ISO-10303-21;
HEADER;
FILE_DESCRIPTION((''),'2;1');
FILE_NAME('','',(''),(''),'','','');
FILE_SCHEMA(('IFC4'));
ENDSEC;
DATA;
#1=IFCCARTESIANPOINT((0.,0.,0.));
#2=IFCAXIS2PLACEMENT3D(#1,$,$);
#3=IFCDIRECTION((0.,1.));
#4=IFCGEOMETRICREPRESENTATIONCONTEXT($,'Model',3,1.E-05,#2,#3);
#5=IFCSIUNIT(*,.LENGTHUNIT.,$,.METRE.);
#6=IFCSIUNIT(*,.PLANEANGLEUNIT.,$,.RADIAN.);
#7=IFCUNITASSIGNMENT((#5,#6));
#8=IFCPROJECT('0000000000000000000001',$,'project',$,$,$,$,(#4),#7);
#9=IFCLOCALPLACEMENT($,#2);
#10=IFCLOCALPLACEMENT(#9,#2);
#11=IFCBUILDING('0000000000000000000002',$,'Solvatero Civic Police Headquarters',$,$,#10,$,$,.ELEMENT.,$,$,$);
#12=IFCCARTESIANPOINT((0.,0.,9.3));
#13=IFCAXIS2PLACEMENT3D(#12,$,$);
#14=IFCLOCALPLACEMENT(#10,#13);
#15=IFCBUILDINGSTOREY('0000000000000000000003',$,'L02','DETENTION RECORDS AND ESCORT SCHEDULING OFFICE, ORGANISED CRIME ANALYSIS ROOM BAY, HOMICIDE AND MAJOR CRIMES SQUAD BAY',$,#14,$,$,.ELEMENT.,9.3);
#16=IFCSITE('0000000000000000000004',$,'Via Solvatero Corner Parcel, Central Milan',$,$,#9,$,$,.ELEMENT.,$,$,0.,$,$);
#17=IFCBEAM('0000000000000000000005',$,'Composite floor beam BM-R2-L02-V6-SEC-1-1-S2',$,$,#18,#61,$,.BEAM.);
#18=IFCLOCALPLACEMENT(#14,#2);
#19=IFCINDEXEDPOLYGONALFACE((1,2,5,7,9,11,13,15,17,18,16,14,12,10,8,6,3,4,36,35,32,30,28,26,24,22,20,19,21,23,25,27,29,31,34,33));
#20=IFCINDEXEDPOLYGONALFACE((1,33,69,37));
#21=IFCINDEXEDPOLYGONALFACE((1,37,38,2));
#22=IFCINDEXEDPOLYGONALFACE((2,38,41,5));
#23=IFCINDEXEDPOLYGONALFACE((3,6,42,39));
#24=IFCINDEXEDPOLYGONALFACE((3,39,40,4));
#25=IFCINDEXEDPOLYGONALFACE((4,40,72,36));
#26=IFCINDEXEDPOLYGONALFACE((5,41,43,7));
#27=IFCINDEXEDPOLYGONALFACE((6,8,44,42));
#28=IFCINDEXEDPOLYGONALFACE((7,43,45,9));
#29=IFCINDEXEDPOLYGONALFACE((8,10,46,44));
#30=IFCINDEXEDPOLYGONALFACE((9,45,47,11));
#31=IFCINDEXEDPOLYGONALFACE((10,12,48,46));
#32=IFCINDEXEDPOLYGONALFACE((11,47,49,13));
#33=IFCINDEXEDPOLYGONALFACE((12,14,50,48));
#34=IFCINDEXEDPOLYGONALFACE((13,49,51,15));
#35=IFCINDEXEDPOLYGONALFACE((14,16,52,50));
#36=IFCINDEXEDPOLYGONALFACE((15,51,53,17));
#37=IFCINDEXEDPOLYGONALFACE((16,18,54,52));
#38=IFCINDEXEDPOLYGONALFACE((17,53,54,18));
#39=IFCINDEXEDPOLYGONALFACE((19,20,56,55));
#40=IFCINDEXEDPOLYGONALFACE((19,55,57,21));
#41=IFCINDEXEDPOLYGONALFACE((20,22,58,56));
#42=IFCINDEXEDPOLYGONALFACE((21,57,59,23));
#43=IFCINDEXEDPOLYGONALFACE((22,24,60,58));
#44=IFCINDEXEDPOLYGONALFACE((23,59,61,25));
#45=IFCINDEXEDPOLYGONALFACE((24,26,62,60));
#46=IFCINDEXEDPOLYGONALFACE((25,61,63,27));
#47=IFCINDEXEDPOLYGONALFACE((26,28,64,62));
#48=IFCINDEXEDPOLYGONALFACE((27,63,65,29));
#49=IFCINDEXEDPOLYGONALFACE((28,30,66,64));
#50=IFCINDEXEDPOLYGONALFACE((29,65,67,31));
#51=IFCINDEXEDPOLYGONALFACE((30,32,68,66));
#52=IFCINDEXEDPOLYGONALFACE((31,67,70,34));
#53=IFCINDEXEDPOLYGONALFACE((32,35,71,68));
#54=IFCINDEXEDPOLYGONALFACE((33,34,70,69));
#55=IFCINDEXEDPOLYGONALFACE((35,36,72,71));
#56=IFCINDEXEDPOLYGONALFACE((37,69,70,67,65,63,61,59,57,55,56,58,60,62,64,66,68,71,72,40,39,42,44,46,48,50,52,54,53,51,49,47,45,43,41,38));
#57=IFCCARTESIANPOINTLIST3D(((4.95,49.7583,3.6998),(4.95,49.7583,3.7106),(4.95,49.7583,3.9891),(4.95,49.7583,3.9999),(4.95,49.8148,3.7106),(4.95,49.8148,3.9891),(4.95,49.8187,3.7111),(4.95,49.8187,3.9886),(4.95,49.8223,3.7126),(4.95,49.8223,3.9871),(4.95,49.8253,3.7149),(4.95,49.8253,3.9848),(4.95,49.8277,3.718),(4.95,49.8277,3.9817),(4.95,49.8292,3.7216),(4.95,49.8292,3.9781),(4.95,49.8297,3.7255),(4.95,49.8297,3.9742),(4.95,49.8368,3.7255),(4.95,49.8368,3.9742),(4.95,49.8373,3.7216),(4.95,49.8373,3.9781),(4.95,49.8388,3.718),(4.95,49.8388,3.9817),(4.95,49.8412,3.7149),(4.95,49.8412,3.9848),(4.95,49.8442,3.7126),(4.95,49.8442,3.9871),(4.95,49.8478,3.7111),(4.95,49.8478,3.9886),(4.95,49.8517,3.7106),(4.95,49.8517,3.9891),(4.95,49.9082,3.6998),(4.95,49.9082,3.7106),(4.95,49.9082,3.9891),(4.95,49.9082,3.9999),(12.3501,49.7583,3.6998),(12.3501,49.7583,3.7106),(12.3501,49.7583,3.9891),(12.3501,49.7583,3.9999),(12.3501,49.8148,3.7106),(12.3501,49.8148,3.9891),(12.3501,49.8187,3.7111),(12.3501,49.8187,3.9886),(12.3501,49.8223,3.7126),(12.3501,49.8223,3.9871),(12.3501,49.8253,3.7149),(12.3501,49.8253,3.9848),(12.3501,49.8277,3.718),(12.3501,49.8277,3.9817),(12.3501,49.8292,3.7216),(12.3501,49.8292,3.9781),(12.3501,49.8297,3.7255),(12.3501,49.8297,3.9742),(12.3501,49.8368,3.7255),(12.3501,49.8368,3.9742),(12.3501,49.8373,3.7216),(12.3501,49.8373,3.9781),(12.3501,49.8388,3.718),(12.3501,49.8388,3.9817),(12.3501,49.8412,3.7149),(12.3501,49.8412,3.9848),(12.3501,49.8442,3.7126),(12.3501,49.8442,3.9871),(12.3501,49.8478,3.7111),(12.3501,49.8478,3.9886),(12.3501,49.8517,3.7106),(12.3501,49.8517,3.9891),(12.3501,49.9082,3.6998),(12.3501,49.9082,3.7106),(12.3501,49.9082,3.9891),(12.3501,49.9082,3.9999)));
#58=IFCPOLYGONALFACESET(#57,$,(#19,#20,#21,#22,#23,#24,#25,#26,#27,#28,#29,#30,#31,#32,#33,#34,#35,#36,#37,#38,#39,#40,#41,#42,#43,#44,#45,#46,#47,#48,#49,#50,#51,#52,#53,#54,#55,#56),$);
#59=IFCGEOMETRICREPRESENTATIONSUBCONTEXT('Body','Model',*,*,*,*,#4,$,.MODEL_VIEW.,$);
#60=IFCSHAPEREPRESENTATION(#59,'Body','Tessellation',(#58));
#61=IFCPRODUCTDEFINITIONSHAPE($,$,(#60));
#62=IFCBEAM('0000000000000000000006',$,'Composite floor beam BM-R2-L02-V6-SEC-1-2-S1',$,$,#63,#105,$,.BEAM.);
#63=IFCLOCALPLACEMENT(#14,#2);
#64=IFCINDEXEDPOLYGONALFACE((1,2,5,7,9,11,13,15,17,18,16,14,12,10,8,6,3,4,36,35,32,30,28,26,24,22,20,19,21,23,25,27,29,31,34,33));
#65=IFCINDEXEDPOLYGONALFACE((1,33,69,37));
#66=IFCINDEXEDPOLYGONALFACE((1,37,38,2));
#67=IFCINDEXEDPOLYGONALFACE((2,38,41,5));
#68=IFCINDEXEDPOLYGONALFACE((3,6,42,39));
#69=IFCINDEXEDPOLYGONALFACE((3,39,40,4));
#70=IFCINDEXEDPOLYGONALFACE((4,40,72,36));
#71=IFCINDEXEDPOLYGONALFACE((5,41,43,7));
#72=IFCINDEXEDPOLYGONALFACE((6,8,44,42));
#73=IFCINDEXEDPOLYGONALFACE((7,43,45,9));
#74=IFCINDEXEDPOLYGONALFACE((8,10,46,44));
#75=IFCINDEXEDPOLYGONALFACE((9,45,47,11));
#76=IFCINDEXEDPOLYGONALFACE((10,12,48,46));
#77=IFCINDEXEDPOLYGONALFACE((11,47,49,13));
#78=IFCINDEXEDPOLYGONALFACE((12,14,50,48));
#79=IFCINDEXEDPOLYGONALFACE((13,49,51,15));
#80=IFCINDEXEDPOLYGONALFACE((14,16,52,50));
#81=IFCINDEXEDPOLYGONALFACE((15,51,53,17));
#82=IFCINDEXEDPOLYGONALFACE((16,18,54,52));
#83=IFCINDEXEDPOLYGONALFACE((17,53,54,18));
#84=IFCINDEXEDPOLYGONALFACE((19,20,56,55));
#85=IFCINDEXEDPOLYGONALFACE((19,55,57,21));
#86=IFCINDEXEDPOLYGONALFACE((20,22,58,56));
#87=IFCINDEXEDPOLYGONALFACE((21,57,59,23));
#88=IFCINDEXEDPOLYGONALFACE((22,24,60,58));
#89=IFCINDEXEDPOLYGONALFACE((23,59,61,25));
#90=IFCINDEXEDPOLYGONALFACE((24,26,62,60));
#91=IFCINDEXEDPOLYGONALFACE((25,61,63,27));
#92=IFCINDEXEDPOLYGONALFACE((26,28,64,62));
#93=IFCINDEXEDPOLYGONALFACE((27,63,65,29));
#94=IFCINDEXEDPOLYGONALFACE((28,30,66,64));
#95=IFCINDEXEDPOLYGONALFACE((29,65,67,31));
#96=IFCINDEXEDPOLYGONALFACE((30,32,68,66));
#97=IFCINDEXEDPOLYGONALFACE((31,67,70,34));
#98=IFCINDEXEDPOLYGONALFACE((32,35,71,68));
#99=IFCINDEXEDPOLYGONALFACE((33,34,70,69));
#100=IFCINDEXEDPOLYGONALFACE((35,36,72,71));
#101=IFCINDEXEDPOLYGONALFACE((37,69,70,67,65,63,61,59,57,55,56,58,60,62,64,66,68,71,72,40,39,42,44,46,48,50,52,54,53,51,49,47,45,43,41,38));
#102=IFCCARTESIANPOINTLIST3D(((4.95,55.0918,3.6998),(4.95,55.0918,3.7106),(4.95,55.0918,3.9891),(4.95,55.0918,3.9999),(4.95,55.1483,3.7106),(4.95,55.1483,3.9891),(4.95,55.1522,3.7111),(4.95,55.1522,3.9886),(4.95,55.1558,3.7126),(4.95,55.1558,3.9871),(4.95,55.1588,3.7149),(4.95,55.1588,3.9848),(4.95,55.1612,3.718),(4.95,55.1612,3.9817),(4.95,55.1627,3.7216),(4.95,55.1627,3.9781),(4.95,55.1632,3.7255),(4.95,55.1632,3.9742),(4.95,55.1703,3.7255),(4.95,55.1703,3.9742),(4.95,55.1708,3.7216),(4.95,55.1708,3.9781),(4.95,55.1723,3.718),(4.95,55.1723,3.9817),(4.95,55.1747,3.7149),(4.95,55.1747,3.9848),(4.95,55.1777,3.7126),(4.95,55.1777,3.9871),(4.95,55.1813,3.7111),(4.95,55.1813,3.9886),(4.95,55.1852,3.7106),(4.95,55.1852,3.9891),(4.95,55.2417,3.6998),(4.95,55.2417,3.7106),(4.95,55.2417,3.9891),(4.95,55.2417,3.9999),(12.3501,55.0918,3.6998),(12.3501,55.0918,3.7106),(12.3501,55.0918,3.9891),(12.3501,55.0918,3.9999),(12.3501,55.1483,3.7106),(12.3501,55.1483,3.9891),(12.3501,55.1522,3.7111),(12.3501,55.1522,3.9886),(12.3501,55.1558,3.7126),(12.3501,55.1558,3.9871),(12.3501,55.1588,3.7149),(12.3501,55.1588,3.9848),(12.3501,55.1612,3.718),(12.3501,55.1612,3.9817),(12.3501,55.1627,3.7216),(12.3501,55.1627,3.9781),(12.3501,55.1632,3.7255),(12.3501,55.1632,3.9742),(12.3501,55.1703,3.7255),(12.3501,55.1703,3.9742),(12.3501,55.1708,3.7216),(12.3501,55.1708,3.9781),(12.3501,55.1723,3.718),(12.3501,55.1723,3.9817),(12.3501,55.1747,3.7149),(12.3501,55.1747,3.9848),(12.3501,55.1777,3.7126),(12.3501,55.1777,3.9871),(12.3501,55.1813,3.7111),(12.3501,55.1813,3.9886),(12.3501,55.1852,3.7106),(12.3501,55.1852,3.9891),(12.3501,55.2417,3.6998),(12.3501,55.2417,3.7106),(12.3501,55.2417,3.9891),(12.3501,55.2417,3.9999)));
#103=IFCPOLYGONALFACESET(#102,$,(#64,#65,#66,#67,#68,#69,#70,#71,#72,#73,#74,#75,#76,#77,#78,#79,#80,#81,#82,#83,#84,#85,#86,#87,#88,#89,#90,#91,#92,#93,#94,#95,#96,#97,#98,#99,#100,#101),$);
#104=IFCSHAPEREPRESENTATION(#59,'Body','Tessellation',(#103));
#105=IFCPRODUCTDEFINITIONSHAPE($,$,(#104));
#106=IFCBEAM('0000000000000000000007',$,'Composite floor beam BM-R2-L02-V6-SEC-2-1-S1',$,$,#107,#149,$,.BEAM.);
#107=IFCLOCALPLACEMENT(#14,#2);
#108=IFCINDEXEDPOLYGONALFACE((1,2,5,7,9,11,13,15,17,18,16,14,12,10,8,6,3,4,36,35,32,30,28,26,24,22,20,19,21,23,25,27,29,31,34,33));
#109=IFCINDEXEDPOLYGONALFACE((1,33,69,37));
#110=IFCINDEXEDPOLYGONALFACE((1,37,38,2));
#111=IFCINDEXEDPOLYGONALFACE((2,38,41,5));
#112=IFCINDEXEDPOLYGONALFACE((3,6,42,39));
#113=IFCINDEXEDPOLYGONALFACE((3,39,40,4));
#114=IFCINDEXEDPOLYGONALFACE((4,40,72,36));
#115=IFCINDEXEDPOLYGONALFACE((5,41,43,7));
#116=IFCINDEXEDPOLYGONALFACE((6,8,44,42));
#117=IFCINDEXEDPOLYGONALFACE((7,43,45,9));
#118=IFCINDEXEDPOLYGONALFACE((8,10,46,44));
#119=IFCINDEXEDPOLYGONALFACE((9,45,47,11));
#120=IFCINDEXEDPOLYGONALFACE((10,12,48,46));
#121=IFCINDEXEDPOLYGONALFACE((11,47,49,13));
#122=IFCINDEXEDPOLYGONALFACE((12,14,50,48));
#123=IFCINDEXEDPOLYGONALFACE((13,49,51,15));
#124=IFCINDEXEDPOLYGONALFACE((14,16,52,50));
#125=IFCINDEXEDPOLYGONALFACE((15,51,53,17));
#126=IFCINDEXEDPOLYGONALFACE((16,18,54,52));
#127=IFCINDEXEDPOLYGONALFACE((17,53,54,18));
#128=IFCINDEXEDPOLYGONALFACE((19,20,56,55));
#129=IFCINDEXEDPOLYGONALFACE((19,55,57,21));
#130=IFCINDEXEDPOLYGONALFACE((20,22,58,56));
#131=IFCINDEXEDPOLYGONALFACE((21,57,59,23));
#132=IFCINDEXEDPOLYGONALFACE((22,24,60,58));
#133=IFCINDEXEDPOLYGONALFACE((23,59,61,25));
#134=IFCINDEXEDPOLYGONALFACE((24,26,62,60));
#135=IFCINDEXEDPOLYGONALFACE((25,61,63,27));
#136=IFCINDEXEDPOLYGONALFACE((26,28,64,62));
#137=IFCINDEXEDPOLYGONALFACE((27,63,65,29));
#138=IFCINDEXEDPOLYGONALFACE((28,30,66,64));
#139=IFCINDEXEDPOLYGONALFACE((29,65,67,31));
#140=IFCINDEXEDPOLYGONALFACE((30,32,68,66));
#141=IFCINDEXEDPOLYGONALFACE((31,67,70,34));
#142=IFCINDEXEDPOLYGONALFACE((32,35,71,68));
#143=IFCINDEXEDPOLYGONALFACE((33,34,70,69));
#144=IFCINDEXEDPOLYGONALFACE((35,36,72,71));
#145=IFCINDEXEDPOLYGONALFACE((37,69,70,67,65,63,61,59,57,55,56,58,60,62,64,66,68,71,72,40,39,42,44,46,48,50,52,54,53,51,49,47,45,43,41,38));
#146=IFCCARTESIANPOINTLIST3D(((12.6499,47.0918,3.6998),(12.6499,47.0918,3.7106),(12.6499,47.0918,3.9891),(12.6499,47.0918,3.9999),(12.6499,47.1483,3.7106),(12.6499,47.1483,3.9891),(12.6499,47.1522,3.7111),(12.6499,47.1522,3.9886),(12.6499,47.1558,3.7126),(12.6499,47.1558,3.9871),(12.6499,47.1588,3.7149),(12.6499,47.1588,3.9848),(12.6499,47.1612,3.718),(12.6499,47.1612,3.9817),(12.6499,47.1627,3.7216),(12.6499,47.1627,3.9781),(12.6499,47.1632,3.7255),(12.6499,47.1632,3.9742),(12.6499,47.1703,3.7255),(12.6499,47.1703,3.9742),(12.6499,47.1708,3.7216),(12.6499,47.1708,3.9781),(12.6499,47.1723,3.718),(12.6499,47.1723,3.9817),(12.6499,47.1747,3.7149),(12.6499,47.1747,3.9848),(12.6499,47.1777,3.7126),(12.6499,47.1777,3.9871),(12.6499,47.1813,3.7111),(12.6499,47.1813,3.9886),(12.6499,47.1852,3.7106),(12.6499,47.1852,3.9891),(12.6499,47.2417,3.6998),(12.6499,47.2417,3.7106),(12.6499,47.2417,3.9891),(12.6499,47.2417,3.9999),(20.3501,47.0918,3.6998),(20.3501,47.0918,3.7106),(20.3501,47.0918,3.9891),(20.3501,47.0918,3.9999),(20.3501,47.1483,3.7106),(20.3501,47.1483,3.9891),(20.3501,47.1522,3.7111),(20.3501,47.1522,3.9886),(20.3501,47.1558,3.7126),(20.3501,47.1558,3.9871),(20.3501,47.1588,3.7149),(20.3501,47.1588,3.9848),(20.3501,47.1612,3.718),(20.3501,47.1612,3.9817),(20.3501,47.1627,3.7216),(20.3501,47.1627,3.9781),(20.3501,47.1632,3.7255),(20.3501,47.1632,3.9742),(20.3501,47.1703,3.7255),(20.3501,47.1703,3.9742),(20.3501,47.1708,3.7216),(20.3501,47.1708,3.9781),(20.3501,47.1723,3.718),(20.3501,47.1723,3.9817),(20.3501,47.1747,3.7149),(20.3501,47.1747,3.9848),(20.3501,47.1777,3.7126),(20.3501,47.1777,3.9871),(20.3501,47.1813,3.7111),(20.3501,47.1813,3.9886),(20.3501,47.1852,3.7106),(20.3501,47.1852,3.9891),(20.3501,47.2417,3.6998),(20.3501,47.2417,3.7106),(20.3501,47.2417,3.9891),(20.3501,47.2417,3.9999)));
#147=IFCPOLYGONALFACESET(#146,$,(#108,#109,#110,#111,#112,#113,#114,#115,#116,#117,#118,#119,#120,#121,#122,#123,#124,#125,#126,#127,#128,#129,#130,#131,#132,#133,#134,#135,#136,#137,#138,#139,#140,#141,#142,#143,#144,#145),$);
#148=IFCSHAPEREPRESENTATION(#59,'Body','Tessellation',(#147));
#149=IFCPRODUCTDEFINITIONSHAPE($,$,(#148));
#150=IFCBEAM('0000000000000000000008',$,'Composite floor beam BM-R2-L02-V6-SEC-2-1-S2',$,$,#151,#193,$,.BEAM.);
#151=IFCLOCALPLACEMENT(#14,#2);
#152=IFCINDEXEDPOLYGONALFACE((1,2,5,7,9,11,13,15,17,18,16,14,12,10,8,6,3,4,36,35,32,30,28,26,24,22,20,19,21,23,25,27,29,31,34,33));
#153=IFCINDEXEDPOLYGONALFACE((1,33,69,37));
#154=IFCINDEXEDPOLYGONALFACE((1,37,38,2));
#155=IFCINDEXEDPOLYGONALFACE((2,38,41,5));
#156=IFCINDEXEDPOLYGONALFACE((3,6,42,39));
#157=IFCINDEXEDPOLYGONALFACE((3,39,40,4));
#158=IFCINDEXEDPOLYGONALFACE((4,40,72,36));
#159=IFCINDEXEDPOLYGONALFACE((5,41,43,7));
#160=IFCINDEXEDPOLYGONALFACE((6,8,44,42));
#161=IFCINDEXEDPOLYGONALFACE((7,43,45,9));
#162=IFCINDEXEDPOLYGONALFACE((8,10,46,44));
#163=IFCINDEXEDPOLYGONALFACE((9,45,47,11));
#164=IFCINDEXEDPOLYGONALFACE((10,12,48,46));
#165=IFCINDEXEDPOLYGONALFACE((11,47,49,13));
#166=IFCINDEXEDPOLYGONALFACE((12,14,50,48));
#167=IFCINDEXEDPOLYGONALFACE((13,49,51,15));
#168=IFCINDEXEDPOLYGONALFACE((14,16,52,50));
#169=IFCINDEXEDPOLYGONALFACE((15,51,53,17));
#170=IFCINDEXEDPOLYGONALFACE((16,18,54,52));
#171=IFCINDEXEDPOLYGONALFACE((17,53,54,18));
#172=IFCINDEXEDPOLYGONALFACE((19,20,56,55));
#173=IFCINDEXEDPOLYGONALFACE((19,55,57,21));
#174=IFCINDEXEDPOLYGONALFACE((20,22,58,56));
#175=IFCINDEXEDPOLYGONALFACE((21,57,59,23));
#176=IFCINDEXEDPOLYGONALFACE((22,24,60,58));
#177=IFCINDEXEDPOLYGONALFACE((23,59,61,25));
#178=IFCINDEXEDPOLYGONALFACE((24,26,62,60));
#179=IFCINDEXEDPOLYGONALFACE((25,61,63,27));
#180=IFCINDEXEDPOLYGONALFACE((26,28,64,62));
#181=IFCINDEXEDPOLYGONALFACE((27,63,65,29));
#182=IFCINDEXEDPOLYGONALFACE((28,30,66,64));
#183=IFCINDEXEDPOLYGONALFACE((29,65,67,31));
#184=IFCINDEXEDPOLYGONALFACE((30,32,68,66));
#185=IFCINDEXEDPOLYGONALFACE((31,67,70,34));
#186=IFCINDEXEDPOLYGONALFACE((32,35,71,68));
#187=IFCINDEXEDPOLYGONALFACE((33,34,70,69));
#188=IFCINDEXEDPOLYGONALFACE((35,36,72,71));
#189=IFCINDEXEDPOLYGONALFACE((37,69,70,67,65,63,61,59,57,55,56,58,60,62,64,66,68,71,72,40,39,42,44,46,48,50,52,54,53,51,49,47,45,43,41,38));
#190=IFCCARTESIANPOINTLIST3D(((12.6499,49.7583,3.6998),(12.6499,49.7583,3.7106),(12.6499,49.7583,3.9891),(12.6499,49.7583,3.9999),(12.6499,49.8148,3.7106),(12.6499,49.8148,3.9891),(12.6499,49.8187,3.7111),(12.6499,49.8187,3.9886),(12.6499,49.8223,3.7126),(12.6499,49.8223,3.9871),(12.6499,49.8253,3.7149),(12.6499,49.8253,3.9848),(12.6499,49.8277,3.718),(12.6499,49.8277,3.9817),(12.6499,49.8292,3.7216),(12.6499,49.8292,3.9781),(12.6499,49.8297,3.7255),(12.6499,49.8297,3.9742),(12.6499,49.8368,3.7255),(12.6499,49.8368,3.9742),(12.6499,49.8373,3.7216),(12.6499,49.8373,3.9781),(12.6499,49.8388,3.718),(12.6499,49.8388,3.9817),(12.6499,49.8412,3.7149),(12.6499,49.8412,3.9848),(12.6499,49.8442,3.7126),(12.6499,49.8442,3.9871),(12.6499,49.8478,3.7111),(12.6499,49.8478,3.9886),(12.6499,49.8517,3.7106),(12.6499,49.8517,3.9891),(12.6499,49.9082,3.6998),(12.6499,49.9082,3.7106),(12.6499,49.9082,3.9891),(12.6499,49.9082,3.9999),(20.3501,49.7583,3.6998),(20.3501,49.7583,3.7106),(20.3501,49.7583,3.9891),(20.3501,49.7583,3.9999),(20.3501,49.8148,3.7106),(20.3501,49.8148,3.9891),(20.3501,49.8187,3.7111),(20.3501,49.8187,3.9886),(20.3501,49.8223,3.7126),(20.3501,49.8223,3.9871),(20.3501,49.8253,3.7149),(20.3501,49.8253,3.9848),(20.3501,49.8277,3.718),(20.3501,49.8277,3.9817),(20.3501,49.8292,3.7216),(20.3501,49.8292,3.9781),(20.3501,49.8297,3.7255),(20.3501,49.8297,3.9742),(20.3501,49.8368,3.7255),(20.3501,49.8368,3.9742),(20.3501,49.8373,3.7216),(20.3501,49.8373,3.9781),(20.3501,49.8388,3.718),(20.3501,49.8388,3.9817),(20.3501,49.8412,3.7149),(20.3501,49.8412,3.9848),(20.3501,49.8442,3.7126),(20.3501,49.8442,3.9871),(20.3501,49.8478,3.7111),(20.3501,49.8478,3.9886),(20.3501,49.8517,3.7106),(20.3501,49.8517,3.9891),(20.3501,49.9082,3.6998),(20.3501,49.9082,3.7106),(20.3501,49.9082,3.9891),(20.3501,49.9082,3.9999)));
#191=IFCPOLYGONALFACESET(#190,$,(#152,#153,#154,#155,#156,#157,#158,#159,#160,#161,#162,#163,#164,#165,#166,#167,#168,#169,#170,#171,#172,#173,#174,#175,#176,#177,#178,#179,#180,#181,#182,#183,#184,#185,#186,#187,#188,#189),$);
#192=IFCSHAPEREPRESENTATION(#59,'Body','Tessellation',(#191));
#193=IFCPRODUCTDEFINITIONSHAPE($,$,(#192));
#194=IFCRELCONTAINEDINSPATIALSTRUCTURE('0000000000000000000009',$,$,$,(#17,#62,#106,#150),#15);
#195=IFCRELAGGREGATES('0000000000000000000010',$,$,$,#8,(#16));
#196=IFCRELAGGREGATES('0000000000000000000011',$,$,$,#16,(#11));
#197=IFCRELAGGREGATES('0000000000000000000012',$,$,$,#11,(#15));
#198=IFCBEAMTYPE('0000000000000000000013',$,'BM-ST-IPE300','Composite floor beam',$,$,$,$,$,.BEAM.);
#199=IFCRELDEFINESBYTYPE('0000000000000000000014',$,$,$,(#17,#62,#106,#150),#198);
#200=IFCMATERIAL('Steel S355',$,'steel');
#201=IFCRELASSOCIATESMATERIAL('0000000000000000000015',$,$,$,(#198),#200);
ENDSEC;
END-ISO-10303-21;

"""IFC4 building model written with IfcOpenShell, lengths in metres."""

from ifc_helpers import new_model, si_unit, direction, frame, origin, origin_2d, place, context, subcontext, project, spatial, i_section, extrude, material, material_profile, profile_set, type_object, element, save


model = new_model("IFC4")

# Units and contexts
model_context = context("Model", 3, precision=1e-05, world=origin(), true_north=direction((0.0, 1.0)))
body_context = subcontext(model_context, "Body", "Model", "MODEL_VIEW")
ifc_project = project(units=[si_unit("LENGTHUNIT", "METRE"), si_unit("PLANEANGLEUNIT", "RADIAN")], contexts=[model_context])

# Site, building, storey
site_placement = place(None, origin())
site = spatial("IfcSite", under=ifc_project, at=site_placement, Name="Via Solvatero Corner Parcel, Central Milan", CompositionType="ELEMENT", RefElevation=0.0)
building_placement = place(site_placement, origin())
building = spatial("IfcBuilding", under=site, at=building_placement, Name="Solvatero Civic Police Headquarters", CompositionType="ELEMENT")
storey_placement = place(building_placement, frame((0.0, 0.0, 9.3)))
storey = spatial("IfcBuildingStorey", under=building, at=storey_placement, Name="L02", Description="DETENTION RECORDS AND ESCORT SCHEDULING OFFICE, ORGANISED CRIME ANALYSIS ROOM BAY, HOMICIDE AND MAJOR CRIMES SQUAD BAY", CompositionType="ELEMENT", Elevation=9.3)

# Shared definitions
ifc_material_1 = material(Name="Steel S355", Category="steel")

# Beams
ifc_material_profile_1 = material_profile(ifc_material_1, i_section(OverallWidth=0.1499, OverallDepth=0.3, WebThickness=0.0071, FlangeThickness=0.0107, FilletRadius=0.0149, at=origin_2d()), Name="IPE 300")
ifc_profile_set_1 = profile_set([ifc_material_profile_1], Name="Steel S355")
beam_type_1 = type_object("IfcBeamType", Name="BM-ST-IPE300", Description="Composite floor beam", PredefinedType="BEAM", material=ifc_profile_set_1)
for number, where, z_axis, x_axis, name in (
    (1, (4.95, 49.8333, 3.8499), (1.0, 0.0, 0.0), (0.0, 1.0, 0.0), "Composite floor beam BM-R2-L02-V6-SEC-1-1-S2"),
    (2, (4.95, 55.1667, 3.8499), (1.0, 0.0, 0.0), (0.0, 1.0, 0.0), "Composite floor beam BM-R2-L02-V6-SEC-1-2-S1"),
):
    element("IfcBeam", number, at=place(storey_placement, frame(where, z_axis=z_axis, x_axis=x_axis)), inside=storey, type_object=beam_type_1, Name=name, PredefinedType="BEAM", context=body_context, shape_type="SweptSolid", body=[
        extrude(i_section(OverallWidth=0.1499, OverallDepth=0.3, WebThickness=0.0071, FlangeThickness=0.0107, FilletRadius=0.0149, at=origin_2d()), origin(), (0.0, 0.0, 1.0), 7.4001),
    ])
for number, where, z_axis, x_axis, name in (
    (3, (12.6499, 47.1667, 3.8499), (1.0, 0.0, 0.0), (0.0, 1.0, 0.0), "Composite floor beam BM-R2-L02-V6-SEC-2-1-S1"),
    (4, (12.6499, 49.8333, 3.8499), (1.0, 0.0, 0.0), (0.0, 1.0, 0.0), "Composite floor beam BM-R2-L02-V6-SEC-2-1-S2"),
):
    element("IfcBeam", number, at=place(storey_placement, frame(where, z_axis=z_axis, x_axis=x_axis)), inside=storey, type_object=beam_type_1, Name=name, PredefinedType="BEAM", context=body_context, shape_type="SweptSolid", body=[
        extrude(i_section(OverallWidth=0.1499, OverallDepth=0.3, WebThickness=0.0071, FlangeThickness=0.0107, FilletRadius=0.0149, at=origin_2d()), origin(), (0.0, 0.0, 1.0), 7.7002),
    ])

save(model, "model.ifc")
